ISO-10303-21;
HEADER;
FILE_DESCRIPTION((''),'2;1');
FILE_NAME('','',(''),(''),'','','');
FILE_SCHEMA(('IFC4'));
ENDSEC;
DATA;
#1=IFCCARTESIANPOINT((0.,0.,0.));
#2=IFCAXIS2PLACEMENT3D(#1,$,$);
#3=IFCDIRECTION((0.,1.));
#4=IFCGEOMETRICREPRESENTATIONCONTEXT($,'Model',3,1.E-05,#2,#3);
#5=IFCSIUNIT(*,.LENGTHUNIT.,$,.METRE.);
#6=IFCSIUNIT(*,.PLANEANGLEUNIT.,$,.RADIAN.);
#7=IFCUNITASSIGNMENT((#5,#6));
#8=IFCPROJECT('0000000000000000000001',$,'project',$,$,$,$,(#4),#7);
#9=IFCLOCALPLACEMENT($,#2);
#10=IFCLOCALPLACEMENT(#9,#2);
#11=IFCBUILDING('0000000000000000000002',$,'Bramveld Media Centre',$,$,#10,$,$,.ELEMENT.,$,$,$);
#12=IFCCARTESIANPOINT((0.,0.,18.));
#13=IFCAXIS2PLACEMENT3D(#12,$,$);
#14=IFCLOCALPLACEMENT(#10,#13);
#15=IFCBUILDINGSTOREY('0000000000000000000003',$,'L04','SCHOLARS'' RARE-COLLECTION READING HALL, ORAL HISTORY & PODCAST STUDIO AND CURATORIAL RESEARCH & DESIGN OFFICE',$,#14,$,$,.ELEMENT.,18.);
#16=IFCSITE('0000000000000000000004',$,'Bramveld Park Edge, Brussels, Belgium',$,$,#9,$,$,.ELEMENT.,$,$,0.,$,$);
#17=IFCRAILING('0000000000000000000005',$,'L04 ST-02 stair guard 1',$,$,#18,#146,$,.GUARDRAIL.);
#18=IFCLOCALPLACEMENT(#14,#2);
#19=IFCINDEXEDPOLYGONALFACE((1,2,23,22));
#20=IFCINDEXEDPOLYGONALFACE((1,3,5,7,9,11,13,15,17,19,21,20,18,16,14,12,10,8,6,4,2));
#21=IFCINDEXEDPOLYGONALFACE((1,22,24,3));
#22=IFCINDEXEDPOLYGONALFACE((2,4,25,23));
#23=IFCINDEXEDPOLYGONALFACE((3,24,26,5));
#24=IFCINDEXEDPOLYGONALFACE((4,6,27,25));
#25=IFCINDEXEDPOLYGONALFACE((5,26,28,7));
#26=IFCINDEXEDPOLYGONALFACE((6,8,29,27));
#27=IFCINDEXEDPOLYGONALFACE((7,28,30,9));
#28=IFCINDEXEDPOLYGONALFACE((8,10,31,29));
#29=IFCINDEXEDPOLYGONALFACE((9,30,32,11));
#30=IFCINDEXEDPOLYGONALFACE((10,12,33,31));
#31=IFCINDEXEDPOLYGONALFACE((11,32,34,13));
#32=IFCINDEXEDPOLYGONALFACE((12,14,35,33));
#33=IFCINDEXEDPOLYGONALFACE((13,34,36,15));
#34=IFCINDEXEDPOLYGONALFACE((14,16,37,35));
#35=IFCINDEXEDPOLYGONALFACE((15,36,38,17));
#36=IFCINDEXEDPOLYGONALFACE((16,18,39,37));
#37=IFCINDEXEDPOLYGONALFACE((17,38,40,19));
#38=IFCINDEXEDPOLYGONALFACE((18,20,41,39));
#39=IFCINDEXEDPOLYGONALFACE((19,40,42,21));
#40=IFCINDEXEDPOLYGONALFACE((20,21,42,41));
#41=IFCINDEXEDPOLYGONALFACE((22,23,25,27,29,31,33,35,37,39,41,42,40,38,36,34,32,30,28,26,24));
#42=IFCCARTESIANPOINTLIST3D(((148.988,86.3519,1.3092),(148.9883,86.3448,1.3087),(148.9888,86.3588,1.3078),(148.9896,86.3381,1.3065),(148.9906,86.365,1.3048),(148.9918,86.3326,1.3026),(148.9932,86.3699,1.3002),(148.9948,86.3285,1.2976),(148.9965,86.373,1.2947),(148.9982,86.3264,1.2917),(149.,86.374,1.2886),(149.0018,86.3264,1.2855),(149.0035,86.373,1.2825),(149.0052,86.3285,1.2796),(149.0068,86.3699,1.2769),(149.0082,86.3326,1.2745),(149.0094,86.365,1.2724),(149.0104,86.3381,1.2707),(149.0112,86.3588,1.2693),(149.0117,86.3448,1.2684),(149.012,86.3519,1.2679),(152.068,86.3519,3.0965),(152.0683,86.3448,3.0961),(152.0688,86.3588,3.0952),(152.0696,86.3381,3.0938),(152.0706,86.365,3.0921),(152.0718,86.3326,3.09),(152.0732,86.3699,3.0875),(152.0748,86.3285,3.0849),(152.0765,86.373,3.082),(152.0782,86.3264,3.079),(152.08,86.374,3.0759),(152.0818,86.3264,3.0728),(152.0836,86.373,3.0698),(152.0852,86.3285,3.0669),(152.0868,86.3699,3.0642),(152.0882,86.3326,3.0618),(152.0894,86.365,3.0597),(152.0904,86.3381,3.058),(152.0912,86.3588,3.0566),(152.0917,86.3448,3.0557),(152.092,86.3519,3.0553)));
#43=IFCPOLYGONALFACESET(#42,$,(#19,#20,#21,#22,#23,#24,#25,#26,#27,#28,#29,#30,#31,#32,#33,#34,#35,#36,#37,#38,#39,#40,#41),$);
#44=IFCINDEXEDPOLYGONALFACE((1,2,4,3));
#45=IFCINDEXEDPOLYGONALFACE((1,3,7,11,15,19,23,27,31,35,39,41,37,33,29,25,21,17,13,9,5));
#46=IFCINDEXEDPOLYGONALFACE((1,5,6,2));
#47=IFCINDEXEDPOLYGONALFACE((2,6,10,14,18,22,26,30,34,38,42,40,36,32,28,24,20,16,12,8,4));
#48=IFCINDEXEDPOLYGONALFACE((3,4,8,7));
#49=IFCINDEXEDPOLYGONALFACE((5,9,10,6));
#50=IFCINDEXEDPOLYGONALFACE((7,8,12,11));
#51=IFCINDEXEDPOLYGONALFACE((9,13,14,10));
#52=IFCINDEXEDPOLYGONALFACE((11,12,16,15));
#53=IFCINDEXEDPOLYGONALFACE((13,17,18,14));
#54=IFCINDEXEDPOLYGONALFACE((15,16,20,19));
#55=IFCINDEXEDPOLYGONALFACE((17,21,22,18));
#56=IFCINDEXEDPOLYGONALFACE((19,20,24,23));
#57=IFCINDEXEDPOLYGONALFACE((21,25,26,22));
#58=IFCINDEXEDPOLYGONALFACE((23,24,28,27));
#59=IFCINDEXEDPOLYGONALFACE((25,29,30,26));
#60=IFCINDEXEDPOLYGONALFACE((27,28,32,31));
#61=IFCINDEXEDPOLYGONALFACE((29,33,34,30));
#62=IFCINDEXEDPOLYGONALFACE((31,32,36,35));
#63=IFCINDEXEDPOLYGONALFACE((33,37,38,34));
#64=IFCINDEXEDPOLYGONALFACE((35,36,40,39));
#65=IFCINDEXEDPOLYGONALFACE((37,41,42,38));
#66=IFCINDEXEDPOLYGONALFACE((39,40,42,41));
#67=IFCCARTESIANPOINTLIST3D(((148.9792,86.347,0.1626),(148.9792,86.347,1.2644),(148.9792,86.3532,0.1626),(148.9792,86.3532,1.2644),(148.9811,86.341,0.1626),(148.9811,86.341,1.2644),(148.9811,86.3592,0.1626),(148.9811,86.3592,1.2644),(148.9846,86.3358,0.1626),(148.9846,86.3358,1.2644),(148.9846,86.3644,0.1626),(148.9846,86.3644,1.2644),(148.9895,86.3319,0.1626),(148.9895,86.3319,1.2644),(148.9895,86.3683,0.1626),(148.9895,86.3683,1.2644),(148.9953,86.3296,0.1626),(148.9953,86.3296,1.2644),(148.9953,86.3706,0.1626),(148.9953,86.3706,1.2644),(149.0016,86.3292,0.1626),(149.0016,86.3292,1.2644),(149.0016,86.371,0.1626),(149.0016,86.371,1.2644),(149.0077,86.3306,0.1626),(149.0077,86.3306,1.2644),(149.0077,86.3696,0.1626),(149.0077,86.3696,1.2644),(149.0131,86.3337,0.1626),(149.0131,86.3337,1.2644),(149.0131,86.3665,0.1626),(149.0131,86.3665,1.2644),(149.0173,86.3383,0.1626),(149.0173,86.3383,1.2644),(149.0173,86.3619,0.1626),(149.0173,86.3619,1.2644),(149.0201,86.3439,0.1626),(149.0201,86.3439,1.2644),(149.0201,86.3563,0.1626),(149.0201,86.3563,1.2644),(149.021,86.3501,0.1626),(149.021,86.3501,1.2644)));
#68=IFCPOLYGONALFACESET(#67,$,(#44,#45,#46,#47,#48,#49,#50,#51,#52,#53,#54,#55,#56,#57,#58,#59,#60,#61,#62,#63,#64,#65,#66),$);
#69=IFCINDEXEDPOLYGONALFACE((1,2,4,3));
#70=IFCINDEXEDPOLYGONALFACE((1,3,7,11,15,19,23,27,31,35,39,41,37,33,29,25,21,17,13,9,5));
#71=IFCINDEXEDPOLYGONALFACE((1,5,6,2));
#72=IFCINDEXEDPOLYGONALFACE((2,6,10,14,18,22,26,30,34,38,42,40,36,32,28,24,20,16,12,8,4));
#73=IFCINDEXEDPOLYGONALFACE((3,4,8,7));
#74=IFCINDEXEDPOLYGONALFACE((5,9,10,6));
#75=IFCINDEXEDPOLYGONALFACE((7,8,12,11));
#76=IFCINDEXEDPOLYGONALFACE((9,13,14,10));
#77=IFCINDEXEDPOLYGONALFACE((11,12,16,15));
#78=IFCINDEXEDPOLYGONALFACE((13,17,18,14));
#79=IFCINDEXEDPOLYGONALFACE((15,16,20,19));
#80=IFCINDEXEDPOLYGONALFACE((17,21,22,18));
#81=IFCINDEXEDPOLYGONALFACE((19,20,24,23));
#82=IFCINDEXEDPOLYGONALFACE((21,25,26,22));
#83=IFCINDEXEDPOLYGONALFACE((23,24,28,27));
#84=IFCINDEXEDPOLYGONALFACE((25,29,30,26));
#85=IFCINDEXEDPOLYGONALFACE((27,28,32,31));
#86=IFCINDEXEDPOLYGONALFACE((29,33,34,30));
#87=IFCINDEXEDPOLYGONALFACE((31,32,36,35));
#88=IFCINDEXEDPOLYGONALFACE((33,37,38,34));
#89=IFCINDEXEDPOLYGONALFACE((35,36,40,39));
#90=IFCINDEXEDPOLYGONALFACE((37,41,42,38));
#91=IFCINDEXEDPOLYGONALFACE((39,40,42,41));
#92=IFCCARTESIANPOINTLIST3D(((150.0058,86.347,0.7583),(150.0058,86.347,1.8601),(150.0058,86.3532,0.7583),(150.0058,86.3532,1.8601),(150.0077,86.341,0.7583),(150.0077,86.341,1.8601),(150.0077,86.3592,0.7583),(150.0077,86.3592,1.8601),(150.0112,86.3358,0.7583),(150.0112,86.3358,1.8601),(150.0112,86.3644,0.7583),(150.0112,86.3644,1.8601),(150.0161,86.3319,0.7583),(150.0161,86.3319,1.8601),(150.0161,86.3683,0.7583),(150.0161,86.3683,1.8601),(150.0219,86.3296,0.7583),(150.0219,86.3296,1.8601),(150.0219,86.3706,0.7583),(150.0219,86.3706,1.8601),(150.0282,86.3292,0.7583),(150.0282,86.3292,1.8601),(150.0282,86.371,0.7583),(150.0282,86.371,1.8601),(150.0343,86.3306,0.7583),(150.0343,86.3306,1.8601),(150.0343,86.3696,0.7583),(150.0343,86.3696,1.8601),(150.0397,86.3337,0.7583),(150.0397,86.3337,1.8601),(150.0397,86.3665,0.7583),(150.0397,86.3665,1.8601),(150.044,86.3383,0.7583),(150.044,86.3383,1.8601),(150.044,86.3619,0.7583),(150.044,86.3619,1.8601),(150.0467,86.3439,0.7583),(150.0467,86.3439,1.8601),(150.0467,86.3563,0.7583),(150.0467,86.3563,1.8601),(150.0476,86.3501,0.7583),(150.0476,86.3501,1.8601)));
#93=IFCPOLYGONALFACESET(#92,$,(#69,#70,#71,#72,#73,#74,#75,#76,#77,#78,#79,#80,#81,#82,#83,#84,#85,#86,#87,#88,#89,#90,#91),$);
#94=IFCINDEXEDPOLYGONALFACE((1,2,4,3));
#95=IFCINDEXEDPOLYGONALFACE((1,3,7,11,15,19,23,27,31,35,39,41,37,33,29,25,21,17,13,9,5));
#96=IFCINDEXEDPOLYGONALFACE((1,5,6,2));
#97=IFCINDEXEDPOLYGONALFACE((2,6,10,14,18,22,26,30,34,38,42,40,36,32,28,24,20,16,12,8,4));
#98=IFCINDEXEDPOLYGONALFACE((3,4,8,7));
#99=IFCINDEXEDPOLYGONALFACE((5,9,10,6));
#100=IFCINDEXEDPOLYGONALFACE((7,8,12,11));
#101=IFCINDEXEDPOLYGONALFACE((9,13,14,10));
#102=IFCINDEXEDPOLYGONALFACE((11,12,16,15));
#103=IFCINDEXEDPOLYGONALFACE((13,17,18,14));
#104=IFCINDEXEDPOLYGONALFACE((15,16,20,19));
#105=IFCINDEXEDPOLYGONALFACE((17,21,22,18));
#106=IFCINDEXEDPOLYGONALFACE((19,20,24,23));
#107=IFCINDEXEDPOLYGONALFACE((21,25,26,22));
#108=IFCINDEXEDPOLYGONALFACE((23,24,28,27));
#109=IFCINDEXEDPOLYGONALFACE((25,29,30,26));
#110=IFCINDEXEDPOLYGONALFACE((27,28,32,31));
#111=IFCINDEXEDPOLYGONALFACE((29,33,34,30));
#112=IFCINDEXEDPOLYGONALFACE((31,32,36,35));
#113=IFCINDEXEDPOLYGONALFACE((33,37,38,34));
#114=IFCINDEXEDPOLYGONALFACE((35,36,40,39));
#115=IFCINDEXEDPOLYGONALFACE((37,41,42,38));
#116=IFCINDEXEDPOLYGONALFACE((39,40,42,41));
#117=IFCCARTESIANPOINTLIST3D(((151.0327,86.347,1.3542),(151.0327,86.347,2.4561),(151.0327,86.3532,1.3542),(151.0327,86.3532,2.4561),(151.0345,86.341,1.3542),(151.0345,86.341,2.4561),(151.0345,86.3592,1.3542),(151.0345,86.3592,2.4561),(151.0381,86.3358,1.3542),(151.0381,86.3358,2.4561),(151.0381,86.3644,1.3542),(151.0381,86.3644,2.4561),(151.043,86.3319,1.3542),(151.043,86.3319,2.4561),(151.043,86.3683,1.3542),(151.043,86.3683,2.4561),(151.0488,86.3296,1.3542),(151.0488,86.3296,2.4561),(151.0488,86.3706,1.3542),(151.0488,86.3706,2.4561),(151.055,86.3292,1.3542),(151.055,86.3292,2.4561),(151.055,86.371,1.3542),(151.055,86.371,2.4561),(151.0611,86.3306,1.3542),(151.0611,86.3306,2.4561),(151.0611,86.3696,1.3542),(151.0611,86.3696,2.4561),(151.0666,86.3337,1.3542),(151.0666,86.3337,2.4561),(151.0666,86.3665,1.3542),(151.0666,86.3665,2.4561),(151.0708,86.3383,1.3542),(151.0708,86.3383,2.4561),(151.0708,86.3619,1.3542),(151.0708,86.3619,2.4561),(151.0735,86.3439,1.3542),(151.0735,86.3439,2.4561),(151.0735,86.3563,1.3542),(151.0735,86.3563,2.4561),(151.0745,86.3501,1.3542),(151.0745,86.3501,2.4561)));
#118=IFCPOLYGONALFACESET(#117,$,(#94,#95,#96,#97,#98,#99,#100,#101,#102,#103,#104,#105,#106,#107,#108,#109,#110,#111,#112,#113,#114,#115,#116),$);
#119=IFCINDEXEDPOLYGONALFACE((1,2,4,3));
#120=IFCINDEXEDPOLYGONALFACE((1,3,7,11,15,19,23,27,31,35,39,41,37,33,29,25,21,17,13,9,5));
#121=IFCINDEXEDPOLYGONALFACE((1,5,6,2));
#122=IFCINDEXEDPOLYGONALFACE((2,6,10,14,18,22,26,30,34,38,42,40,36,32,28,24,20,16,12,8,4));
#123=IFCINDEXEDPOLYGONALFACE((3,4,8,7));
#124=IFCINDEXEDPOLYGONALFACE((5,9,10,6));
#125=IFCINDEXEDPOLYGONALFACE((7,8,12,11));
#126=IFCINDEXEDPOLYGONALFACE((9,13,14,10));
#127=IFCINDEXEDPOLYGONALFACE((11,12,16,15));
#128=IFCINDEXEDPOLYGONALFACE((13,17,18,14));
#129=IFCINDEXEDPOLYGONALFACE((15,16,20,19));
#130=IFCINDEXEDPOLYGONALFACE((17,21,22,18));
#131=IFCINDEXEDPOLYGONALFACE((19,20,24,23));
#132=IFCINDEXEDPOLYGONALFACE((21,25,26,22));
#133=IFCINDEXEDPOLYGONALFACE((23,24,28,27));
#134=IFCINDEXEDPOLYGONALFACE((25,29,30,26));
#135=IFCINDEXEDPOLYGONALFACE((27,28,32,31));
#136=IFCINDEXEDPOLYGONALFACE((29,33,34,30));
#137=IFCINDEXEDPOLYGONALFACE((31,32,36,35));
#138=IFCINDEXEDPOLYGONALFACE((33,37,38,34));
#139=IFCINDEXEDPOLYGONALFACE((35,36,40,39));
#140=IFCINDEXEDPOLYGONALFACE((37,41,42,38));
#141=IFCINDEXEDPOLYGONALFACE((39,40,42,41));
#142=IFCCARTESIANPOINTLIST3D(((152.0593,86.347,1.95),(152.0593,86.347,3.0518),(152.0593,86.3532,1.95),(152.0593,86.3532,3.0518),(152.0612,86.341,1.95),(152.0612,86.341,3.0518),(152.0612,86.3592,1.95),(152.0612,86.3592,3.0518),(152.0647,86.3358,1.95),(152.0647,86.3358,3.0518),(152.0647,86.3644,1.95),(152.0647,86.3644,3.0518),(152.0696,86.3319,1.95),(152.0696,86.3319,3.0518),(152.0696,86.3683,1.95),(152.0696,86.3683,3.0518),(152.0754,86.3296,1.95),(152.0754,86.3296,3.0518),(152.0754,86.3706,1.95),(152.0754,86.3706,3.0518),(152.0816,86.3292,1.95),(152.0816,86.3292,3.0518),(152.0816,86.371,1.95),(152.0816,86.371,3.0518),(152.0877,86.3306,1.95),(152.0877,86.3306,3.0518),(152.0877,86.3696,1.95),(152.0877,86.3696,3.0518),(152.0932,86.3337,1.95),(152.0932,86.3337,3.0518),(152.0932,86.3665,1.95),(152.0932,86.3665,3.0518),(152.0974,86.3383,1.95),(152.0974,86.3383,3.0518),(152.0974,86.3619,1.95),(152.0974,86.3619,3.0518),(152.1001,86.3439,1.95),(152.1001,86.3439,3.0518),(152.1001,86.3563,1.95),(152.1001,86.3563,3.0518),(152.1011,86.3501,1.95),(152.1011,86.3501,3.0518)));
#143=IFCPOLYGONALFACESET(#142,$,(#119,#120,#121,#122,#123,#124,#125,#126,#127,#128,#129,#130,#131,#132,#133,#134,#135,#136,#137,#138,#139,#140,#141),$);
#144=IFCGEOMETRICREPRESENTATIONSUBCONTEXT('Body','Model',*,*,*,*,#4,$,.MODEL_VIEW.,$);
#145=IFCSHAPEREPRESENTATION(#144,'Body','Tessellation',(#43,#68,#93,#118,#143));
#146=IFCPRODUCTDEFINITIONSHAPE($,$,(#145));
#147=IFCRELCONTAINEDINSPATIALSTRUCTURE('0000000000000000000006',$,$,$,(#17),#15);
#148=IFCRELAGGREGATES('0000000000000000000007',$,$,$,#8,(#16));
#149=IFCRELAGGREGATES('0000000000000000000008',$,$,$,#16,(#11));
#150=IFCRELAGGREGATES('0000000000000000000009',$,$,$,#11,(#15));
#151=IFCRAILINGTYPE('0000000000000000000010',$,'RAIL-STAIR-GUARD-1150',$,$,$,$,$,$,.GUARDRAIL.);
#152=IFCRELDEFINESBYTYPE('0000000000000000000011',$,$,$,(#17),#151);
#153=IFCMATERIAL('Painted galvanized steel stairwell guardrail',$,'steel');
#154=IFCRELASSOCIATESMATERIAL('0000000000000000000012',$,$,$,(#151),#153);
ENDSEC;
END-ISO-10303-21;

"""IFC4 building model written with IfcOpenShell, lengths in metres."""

from ifc_helpers import new_model, si_unit, direction, frame, origin, origin_2d, place, context, subcontext, project, spatial, circle, extrude, material, type_object, element, save


model = new_model("IFC4")

# Units and contexts
model_context = context("Model", 3, precision=1e-05, world=origin(), true_north=direction((0.0, 1.0)))
body_context = subcontext(model_context, "Body", "Model", "MODEL_VIEW")
ifc_project = project(units=[si_unit("LENGTHUNIT", "METRE"), si_unit("PLANEANGLEUNIT", "RADIAN")], contexts=[model_context])

# Site, building, storey
site_placement = place(None, origin())
site = spatial("IfcSite", under=ifc_project, at=site_placement, Name="Bramveld Park Edge, Brussels, Belgium", CompositionType="ELEMENT", RefElevation=0.0)
building_placement = place(site_placement, origin())
building = spatial("IfcBuilding", under=site, at=building_placement, Name="Bramveld Media Centre", CompositionType="ELEMENT")
storey_placement = place(building_placement, frame((0.0, 0.0, 18.0)))
storey = spatial("IfcBuildingStorey", under=building, at=storey_placement, Name="L04", Description="SCHOLARS' RARE-COLLECTION READING HALL, ORAL HISTORY & PODCAST STUDIO AND CURATORIAL RESEARCH & DESIGN OFFICE", CompositionType="ELEMENT", Elevation=18.0)

# Railing
ifc_material_1 = material(Name="Painted galvanized steel stairwell guardrail", Category="steel")
railing_type_1 = type_object("IfcRailingType", Name="RAIL-STAIR-GUARD-1150", PredefinedType="GUARDRAIL", material=ifc_material_1)
railing_1_placement = place(storey_placement, frame((149.0, 86.3501, 0.1626)))
element("IfcRailing", 1, at=railing_1_placement, inside=storey, type_object=railing_type_1, Name="L04 ST-02 stair guard 1", PredefinedType="GUARDRAIL", context=body_context, shape_type="SweptSolid", body=[
    extrude(circle(Radius=0.0239, at=origin_2d()), frame((0.0, 0.0, 1.126), z_axis=(0.86492, 0.0, 0.501909), x_axis=(0.0, 1.0, 0.0)), (0.0, 0.0, 1.0), 3.561),
    extrude(circle(Radius=0.021, at=origin_2d()), origin(), (0.0, 0.0, 1.0), 1.1018),
    extrude(circle(Radius=0.021, at=origin_2d()), frame((1.0266, 0.0, 0.5957)), (0.0, 0.0, 1.0), 1.1018),
    extrude(circle(Radius=0.021, at=origin_2d()), frame((2.0535, 0.0, 1.1917)), (0.0, 0.0, 1.0), 1.1018),
    extrude(circle(Radius=0.021, at=origin_2d()), frame((3.0801, 0.0, 1.7874)), (0.0, 0.0, 1.0), 1.1018),
])

save(model, "model.ifc")
